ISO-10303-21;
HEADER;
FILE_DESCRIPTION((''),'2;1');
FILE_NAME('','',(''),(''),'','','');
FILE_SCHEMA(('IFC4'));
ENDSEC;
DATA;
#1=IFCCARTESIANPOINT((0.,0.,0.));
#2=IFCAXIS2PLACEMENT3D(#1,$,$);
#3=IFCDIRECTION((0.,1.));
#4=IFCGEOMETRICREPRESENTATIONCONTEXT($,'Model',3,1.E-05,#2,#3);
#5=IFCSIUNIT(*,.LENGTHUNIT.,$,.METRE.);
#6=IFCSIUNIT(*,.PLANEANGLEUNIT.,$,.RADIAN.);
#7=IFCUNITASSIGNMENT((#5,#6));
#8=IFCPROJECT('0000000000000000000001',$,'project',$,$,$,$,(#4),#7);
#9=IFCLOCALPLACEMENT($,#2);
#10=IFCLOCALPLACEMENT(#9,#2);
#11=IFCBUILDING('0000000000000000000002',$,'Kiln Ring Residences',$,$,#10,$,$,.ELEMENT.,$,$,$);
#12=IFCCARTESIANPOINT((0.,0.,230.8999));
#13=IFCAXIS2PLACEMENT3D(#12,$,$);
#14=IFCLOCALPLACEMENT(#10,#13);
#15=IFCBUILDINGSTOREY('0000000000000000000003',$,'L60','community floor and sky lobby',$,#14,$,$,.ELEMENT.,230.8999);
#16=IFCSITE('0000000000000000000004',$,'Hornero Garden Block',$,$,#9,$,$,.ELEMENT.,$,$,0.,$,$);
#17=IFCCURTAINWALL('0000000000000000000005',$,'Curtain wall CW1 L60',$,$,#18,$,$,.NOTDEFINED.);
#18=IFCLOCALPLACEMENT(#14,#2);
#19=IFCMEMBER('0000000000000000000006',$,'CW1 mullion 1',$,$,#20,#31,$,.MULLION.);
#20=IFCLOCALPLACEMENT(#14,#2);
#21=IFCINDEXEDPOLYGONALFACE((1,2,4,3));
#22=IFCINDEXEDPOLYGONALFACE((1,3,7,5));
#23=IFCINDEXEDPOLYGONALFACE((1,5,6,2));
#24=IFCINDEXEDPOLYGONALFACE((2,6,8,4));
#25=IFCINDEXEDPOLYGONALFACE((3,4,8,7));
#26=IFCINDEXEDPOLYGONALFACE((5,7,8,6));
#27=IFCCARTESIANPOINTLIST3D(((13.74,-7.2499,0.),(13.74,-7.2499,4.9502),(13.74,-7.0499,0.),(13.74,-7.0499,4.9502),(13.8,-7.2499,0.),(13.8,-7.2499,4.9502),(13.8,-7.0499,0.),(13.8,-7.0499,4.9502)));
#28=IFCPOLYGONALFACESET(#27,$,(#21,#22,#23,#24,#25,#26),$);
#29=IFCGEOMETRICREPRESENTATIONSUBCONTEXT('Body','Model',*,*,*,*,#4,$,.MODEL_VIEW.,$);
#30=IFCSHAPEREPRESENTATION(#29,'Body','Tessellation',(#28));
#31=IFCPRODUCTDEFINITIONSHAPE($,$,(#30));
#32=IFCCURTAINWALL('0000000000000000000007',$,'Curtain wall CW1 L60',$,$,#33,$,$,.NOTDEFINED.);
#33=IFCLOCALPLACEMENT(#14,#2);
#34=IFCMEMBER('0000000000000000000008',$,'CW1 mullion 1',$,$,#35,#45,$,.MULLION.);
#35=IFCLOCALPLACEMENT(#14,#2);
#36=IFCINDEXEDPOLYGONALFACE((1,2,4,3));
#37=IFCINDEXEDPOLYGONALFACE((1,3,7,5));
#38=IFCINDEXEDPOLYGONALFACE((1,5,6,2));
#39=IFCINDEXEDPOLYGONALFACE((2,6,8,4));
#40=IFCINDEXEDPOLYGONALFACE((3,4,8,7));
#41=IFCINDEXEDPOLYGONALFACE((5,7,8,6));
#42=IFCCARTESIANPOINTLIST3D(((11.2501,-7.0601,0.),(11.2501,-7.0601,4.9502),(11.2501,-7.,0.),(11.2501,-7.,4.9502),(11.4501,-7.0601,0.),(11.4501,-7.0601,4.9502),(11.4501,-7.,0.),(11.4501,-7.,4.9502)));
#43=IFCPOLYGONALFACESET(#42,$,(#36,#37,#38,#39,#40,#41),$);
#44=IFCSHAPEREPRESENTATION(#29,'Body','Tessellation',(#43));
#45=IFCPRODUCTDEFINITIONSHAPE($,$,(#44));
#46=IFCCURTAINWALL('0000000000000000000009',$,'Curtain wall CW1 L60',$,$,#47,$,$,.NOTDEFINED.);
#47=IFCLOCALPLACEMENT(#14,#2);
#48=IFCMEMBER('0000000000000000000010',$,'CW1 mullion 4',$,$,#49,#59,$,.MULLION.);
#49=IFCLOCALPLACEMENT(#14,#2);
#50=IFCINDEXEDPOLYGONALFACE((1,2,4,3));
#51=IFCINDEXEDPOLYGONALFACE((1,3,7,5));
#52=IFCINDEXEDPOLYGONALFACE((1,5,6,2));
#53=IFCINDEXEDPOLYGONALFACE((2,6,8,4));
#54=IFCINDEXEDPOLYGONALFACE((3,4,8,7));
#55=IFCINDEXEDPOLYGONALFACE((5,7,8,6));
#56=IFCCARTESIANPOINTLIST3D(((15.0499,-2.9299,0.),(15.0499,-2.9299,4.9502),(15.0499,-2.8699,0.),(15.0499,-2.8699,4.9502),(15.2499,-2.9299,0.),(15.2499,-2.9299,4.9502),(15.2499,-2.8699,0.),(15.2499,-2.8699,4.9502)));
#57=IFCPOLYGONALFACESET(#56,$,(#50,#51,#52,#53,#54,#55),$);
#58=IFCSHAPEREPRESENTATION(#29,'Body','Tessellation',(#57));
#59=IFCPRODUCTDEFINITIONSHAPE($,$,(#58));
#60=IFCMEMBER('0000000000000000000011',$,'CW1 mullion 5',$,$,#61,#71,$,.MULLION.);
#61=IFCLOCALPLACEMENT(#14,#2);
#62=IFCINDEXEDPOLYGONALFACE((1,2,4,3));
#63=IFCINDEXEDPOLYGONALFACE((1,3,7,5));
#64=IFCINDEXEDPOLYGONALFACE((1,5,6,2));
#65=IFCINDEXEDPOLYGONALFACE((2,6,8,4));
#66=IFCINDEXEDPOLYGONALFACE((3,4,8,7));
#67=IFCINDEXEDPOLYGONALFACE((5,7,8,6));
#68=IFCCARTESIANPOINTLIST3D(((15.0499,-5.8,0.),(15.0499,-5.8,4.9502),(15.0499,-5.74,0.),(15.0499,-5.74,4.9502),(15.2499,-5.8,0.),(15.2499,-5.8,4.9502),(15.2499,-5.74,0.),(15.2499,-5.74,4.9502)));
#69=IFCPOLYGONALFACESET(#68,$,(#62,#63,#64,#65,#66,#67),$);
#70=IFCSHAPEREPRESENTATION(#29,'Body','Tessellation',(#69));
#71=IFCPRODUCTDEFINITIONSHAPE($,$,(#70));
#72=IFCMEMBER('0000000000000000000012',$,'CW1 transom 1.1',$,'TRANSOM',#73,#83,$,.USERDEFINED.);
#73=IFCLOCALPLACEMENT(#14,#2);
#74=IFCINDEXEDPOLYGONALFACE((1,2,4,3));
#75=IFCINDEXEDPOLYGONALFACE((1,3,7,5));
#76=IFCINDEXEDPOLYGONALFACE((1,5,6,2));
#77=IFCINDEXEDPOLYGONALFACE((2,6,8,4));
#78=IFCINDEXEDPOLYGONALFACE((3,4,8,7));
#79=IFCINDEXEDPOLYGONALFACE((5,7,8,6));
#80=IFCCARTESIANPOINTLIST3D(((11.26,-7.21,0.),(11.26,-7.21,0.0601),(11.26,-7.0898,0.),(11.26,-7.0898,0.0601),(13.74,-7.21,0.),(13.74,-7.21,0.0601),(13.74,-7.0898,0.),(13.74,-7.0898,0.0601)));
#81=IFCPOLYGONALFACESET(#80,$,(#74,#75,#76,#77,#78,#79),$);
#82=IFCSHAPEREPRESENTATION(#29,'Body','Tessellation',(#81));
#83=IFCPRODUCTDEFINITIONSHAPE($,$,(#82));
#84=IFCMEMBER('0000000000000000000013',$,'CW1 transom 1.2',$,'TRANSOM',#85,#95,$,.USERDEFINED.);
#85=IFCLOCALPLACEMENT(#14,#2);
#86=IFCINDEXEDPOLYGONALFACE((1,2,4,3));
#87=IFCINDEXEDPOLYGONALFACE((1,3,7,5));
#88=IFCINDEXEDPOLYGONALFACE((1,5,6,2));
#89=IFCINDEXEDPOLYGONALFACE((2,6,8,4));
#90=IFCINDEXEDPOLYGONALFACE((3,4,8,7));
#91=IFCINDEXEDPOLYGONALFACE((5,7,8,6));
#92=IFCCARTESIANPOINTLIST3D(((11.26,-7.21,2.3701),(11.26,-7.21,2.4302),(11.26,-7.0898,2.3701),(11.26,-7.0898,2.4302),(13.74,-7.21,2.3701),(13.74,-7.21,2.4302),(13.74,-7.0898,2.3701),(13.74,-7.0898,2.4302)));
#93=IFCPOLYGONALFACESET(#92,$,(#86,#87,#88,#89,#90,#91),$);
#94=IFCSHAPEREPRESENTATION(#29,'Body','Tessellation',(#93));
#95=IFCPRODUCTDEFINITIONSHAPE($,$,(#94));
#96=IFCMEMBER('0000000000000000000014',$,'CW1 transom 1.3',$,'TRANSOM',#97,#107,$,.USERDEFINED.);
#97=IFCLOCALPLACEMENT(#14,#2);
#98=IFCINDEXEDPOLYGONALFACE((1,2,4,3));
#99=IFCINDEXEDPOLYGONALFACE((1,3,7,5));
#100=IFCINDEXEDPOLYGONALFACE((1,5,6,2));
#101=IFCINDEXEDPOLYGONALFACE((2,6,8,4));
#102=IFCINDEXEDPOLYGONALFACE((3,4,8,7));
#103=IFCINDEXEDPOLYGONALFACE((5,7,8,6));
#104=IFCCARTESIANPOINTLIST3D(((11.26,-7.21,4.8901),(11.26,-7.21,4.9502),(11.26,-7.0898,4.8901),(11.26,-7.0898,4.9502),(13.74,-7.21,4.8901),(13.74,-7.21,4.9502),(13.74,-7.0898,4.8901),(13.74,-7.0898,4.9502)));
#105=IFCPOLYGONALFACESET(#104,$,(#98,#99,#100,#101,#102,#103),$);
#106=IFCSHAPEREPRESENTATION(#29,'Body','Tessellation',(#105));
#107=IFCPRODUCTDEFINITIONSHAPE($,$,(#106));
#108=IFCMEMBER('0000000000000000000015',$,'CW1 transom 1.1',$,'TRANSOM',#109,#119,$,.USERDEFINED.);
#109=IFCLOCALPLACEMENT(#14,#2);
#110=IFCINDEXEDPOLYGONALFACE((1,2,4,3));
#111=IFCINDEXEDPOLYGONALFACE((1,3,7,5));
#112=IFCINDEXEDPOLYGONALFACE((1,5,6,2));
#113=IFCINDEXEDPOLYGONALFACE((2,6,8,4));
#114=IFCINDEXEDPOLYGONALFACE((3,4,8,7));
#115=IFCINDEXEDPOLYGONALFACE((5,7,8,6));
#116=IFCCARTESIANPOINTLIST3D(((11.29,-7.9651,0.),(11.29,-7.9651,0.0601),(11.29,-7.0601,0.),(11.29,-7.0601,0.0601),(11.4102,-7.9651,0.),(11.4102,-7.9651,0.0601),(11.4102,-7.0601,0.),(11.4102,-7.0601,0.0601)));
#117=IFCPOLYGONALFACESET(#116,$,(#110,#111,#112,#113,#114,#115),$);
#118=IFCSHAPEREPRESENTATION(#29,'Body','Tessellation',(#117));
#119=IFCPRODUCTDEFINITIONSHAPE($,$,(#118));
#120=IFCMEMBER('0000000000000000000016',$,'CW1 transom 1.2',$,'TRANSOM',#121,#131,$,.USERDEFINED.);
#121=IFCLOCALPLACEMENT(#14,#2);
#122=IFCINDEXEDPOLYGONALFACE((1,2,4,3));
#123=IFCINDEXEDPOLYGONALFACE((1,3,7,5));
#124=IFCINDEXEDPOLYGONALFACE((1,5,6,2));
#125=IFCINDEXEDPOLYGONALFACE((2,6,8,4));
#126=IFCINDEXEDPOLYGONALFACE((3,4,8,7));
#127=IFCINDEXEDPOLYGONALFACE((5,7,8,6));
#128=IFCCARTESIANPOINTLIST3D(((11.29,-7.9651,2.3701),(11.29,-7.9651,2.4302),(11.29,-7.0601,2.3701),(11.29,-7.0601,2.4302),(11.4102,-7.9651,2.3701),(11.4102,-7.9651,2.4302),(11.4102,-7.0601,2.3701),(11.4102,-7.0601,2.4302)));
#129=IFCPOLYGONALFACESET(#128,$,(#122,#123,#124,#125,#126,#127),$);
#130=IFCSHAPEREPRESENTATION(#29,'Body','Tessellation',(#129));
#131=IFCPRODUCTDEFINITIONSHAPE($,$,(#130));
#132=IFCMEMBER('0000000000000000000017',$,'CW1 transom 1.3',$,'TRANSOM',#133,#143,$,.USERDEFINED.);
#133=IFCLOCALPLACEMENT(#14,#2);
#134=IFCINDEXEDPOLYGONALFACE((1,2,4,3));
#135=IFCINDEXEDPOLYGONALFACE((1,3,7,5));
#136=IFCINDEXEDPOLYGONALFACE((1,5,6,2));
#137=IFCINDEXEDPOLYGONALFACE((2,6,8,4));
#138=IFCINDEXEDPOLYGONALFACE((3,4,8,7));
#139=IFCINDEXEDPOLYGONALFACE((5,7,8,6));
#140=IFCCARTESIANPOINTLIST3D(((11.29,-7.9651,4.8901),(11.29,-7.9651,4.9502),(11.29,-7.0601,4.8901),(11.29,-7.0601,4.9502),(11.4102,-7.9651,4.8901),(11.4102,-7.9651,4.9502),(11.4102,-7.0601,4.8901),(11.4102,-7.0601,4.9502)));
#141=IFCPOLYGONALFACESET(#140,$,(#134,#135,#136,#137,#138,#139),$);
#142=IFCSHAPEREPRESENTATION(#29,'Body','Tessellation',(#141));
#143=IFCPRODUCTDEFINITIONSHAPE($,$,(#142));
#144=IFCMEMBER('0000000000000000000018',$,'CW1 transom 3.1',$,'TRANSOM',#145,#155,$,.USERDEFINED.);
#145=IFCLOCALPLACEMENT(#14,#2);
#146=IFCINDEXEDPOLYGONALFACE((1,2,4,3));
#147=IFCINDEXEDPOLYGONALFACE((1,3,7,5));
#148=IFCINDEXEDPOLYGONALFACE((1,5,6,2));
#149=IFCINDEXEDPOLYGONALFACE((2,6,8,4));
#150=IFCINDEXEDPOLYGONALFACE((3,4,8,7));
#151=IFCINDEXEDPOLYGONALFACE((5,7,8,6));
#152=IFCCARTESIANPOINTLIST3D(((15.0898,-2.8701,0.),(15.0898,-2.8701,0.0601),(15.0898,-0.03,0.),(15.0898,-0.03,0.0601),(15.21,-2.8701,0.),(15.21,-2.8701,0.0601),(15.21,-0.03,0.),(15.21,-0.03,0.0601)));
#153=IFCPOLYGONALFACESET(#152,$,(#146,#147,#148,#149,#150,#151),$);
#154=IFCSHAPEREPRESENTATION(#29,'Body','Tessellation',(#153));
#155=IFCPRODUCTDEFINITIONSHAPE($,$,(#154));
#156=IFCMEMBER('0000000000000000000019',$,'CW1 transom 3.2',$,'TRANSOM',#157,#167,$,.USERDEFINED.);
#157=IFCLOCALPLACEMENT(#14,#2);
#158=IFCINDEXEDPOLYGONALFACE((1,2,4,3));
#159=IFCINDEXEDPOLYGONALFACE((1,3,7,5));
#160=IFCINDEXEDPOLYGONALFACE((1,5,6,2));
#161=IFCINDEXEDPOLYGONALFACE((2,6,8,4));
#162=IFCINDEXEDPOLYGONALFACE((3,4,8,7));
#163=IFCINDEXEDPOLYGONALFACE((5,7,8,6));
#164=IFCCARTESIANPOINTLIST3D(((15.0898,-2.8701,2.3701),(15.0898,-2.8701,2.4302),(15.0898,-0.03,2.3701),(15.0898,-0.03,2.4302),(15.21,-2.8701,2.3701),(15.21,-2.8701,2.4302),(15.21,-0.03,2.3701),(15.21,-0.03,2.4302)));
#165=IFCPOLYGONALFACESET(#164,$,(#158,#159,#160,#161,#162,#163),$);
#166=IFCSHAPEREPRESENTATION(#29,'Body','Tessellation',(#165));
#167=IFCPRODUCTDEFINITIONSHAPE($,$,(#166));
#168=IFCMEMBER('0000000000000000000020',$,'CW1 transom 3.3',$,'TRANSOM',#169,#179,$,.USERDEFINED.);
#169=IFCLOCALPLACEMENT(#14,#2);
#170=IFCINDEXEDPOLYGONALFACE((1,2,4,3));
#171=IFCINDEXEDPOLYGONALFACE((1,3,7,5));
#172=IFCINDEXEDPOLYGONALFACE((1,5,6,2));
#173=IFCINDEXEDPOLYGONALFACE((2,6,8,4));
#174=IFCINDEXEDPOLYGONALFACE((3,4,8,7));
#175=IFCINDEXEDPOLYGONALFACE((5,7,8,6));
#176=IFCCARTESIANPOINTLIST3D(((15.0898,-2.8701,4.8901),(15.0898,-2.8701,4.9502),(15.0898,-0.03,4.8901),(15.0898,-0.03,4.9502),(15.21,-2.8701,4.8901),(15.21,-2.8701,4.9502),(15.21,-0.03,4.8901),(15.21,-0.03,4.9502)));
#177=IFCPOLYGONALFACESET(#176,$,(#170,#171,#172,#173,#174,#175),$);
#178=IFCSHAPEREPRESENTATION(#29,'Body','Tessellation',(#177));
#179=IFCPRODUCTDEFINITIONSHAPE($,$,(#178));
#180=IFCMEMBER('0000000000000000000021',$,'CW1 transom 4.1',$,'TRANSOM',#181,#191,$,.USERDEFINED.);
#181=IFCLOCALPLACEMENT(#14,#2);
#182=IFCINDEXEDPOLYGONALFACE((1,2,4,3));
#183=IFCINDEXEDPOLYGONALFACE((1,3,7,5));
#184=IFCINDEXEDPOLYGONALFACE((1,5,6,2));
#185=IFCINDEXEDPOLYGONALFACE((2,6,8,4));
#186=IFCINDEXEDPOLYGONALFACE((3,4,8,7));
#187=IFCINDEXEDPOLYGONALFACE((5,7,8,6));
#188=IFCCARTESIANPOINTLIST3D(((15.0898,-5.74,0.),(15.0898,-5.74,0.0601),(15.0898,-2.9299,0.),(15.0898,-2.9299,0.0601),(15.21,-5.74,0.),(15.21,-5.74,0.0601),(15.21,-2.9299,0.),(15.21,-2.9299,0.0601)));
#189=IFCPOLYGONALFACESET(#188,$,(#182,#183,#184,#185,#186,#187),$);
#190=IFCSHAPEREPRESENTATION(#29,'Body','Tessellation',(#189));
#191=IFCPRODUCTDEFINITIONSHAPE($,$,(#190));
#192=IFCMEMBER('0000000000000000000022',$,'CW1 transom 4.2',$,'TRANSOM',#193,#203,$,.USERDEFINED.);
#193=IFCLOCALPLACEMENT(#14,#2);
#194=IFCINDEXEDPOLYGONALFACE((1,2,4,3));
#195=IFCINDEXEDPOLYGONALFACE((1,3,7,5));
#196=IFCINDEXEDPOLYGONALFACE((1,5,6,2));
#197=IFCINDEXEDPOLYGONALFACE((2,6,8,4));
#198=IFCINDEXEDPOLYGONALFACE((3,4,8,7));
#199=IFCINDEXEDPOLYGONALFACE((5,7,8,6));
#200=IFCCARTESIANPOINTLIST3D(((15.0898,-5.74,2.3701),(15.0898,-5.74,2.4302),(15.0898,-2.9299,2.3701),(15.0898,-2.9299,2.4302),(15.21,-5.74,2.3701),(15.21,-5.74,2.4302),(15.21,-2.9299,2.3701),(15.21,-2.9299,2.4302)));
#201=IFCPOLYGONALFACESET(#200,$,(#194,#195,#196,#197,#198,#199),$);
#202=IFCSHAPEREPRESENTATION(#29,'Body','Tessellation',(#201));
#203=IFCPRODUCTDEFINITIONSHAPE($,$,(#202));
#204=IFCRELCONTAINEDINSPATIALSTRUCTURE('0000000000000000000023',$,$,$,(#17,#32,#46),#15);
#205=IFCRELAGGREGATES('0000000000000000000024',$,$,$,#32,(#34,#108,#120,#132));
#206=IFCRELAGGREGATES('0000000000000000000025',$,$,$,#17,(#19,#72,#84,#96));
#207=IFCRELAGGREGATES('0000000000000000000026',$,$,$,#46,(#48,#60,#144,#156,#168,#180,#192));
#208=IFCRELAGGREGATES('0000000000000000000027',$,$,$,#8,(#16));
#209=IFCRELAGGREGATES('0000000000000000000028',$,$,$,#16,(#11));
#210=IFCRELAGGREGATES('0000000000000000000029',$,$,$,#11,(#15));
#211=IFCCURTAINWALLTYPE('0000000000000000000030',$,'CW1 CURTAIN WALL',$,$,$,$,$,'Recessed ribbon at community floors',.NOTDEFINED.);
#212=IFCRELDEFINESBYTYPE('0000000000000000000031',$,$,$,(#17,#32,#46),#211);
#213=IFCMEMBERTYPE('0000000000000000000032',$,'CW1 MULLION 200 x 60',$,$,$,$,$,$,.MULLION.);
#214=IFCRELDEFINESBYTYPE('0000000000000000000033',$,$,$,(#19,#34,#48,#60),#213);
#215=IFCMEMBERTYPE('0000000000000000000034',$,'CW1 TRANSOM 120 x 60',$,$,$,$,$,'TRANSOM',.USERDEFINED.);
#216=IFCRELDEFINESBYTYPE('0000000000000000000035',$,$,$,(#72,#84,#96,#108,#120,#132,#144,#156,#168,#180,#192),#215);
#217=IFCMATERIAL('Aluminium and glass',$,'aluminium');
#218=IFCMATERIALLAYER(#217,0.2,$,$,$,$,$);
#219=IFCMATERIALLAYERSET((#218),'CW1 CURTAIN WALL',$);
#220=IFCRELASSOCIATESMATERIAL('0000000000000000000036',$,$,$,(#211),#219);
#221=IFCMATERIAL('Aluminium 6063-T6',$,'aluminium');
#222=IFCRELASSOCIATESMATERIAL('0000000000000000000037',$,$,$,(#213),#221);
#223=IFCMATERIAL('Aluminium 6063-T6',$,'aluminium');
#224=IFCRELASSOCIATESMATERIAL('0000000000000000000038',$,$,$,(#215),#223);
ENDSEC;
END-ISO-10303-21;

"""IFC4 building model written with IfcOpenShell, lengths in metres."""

from ifc_helpers import new_model, si_unit, direction, frame, origin, origin_2d, place, context, subcontext, project, spatial, rectangle, extrude, material, layer, layer_set, material_profile, profile_set, type_object, element, aggregate, save


model = new_model("IFC4")

# Units and contexts
model_context = context("Model", 3, precision=1e-05, world=origin(), true_north=direction((0.0, 1.0)))
body_context = subcontext(model_context, "Body", "Model", "MODEL_VIEW")
ifc_project = project(units=[si_unit("LENGTHUNIT", "METRE"), si_unit("PLANEANGLEUNIT", "RADIAN")], contexts=[model_context])

# Site, building, storey
site_placement = place(None, origin())
site = spatial("IfcSite", under=ifc_project, at=site_placement, Name="Hornero Garden Block", CompositionType="ELEMENT", RefElevation=0.0)
building_placement = place(site_placement, origin())
building = spatial("IfcBuilding", under=site, at=building_placement, Name="Kiln Ring Residences", CompositionType="ELEMENT")
storey_placement = place(building_placement, frame((0.0, 0.0, 230.8999)))
storey = spatial("IfcBuildingStorey", under=building, at=storey_placement, Name="L60", Description="community floor and sky lobby", CompositionType="ELEMENT", Elevation=230.8999)

# Curtain walls, members
ifc_material_1 = material(Name="Aluminium and glass", Category="aluminium")
ifc_layer_1 = layer(ifc_material_1, 0.2)
ifc_layer_set_1 = layer_set([ifc_layer_1], Name="CW1 CURTAIN WALL")
curtain_wall_type = type_object("IfcCurtainWallType", Name="CW1 CURTAIN WALL", ElementType="Recessed ribbon at community floors", PredefinedType="NOTDEFINED", material=ifc_layer_set_1)
placement = place(storey_placement, origin())
curtain_wall_1 = element("IfcCurtainWall", 1, at=placement, inside=storey, type_object=curtain_wall_type, Name="Curtain wall CW1 L60", PredefinedType="NOTDEFINED")
ifc_material_2 = material(Name="Aluminium 6063-T6", Category="aluminium")
ifc_material_profile_1 = material_profile(ifc_material_2, rectangle(XDim=0.2, YDim=0.0601, at=origin_2d()), Name="AL 200x60")
ifc_profile_set_1 = profile_set([ifc_material_profile_1], Name="Aluminium 6063-T6")
member_type_1 = type_object("IfcMemberType", Name="CW1 MULLION 200 x 60", PredefinedType="MULLION", material=ifc_profile_set_1)
member_1_placement = place(storey_placement, frame((13.77, -7.1499, 0.0), z_axis=(0.0, 0.0, 1.0), x_axis=(0.0, -1.0, 0.0)))
member_1 = element("IfcMember", 2, at=member_1_placement, type_object=member_type_1, Name="CW1 mullion 1", PredefinedType="MULLION", context=body_context, shape_type="SweptSolid", body=[
    extrude(rectangle(XDim=0.2, YDim=0.0601, at=origin_2d()), origin(), (0.0, 0.0, 1.0), 4.9502),
])
curtain_wall_2 = element("IfcCurtainWall", 3, at=placement, inside=storey, type_object=curtain_wall_type, Name="Curtain wall CW1 L60", PredefinedType="NOTDEFINED")
member_2_placement = place(storey_placement, frame((11.3501, -7.03, 0.0), z_axis=(0.0, 0.0, 1.0), x_axis=(1.0, 0.0, 0.0)))
member_2 = element("IfcMember", 4, at=member_2_placement, type_object=member_type_1, Name="CW1 mullion 1", PredefinedType="MULLION", context=body_context, shape_type="SweptSolid", body=[
    extrude(rectangle(XDim=0.2, YDim=0.0601, at=origin_2d()), origin(), (0.0, 0.0, 1.0), 4.9502),
])

# Curtain wall, members
curtain_wall_3 = element("IfcCurtainWall", 5, at=placement, inside=storey, type_object=curtain_wall_type, Name="Curtain wall CW1 L60", PredefinedType="NOTDEFINED")
member_3_placement = place(storey_placement, frame((15.1499, -2.8999, 0.0), z_axis=(0.0, 0.0, 1.0), x_axis=(1.0, 0.0, 0.0)))
member_3 = element("IfcMember", 6, at=member_3_placement, type_object=member_type_1, Name="CW1 mullion 4", PredefinedType="MULLION", context=body_context, shape_type="SweptSolid", body=[
    extrude(rectangle(XDim=0.2, YDim=0.0601, at=origin_2d()), origin(), (0.0, 0.0, 1.0), 4.9502),
])
member_4_placement = place(storey_placement, frame((15.1499, -5.77, 0.0), z_axis=(0.0, 0.0, 1.0), x_axis=(1.0, 0.0, 0.0)))
member_4 = element("IfcMember", 7, at=member_4_placement, type_object=member_type_1, Name="CW1 mullion 5", PredefinedType="MULLION", context=body_context, shape_type="SweptSolid", body=[
    extrude(rectangle(XDim=0.2, YDim=0.0601, at=origin_2d()), origin(), (0.0, 0.0, 1.0), 4.9502),
])

# Members
ifc_material_3 = material(Name="Aluminium 6063-T6", Category="aluminium")
ifc_material_profile_2 = material_profile(ifc_material_3, rectangle(XDim=0.1201, YDim=0.0601, at=origin_2d()), Name="AL 120x60")
ifc_profile_set_2 = profile_set([ifc_material_profile_2], Name="Aluminium 6063-T6")
member_type_2 = type_object("IfcMemberType", Name="CW1 TRANSOM 120 x 60", ElementType="TRANSOM", PredefinedType="USERDEFINED", material=ifc_profile_set_2)
member_5_placement = place(storey_placement, frame((13.74, -7.1499, 0.03), z_axis=(-1.0, 0.0, 0.0), x_axis=(0.0, -1.0, 0.0)))
member_5 = element("IfcMember", 8, at=member_5_placement, type_object=member_type_2, Name="CW1 transom 1.1", ObjectType="TRANSOM", PredefinedType="USERDEFINED", context=body_context, shape_type="SweptSolid", body=[
    extrude(rectangle(XDim=0.1201, YDim=0.0601, at=origin_2d()), origin(), (0.0, 0.0, 1.0), 2.48),
])
member_6_placement = place(storey_placement, frame((13.74, -7.1499, 2.4001), z_axis=(-1.0, 0.0, 0.0), x_axis=(0.0, -1.0, 0.0)))
member_6 = element("IfcMember", 9, at=member_6_placement, type_object=member_type_2, Name="CW1 transom 1.2", ObjectType="TRANSOM", PredefinedType="USERDEFINED", context=body_context, shape_type="SweptSolid", body=[
    extrude(rectangle(XDim=0.1201, YDim=0.0601, at=origin_2d()), origin(), (0.0, 0.0, 1.0), 2.48),
])
member_7_placement = place(storey_placement, frame((13.74, -7.1499, 4.9202), z_axis=(-1.0, 0.0, 0.0), x_axis=(0.0, -1.0, 0.0)))
member_7 = element("IfcMember", 10, at=member_7_placement, type_object=member_type_2, Name="CW1 transom 1.3", ObjectType="TRANSOM", PredefinedType="USERDEFINED", context=body_context, shape_type="SweptSolid", body=[
    extrude(rectangle(XDim=0.1201, YDim=0.0601, at=origin_2d()), origin(), (0.0, 0.0, 1.0), 2.48),
])
member_8_placement = place(storey_placement, frame((11.3501, -7.0601, 0.03), z_axis=(0.0, -1.0, 0.0), x_axis=(1.0, 0.0, 0.0)))
member_8 = element("IfcMember", 11, at=member_8_placement, type_object=member_type_2, Name="CW1 transom 1.1", ObjectType="TRANSOM", PredefinedType="USERDEFINED", context=body_context, shape_type="SweptSolid", body=[
    extrude(rectangle(XDim=0.1201, YDim=0.0601, at=origin_2d()), origin(), (0.0, 0.0, 1.0), 0.905),
])
member_9_placement = place(storey_placement, frame((11.3501, -7.0601, 2.4001), z_axis=(0.0, -1.0, 0.0), x_axis=(1.0, 0.0, 0.0)))
member_9 = element("IfcMember", 12, at=member_9_placement, type_object=member_type_2, Name="CW1 transom 1.2", ObjectType="TRANSOM", PredefinedType="USERDEFINED", context=body_context, shape_type="SweptSolid", body=[
    extrude(rectangle(XDim=0.1201, YDim=0.0601, at=origin_2d()), origin(), (0.0, 0.0, 1.0), 0.905),
])
member_10_placement = place(storey_placement, frame((11.3501, -7.0601, 4.9202), z_axis=(0.0, -1.0, 0.0), x_axis=(1.0, 0.0, 0.0)))
member_10 = element("IfcMember", 13, at=member_10_placement, type_object=member_type_2, Name="CW1 transom 1.3", ObjectType="TRANSOM", PredefinedType="USERDEFINED", context=body_context, shape_type="SweptSolid", body=[
    extrude(rectangle(XDim=0.1201, YDim=0.0601, at=origin_2d()), origin(), (0.0, 0.0, 1.0), 0.905),
])
aggregate(curtain_wall_2, [member_2, member_8, member_9, member_10])
member_11_placement = place(storey_placement, frame((15.1499, -0.03, 0.03), z_axis=(0.0, -1.0, 0.0), x_axis=(1.0, 0.0, 0.0)))
member_11 = element("IfcMember", 14, at=member_11_placement, type_object=member_type_2, Name="CW1 transom 3.1", ObjectType="TRANSOM", PredefinedType="USERDEFINED", context=body_context, shape_type="SweptSolid", body=[
    extrude(rectangle(XDim=0.1201, YDim=0.0601, at=origin_2d()), origin(), (0.0, 0.0, 1.0), 2.8401),
])
member_12_placement = place(storey_placement, frame((15.1499, -0.03, 2.4001), z_axis=(0.0, -1.0, 0.0), x_axis=(1.0, 0.0, 0.0)))
member_12 = element("IfcMember", 15, at=member_12_placement, type_object=member_type_2, Name="CW1 transom 3.2", ObjectType="TRANSOM", PredefinedType="USERDEFINED", context=body_context, shape_type="SweptSolid", body=[
    extrude(rectangle(XDim=0.1201, YDim=0.0601, at=origin_2d()), origin(), (0.0, 0.0, 1.0), 2.8401),
])
member_13_placement = place(storey_placement, frame((15.1499, -0.03, 4.9202), z_axis=(0.0, -1.0, 0.0), x_axis=(1.0, 0.0, 0.0)))
member_13 = element("IfcMember", 16, at=member_13_placement, type_object=member_type_2, Name="CW1 transom 3.3", ObjectType="TRANSOM", PredefinedType="USERDEFINED", context=body_context, shape_type="SweptSolid", body=[
    extrude(rectangle(XDim=0.1201, YDim=0.0601, at=origin_2d()), origin(), (0.0, 0.0, 1.0), 2.8401),
])
member_14_placement = place(storey_placement, frame((15.1499, -2.9299, 0.03), z_axis=(0.0, -1.0, 0.0), x_axis=(1.0, 0.0, 0.0)))
member_14 = element("IfcMember", 17, at=member_14_placement, type_object=member_type_2, Name="CW1 transom 4.1", ObjectType="TRANSOM", PredefinedType="USERDEFINED", context=body_context, shape_type="SweptSolid", body=[
    extrude(rectangle(XDim=0.1201, YDim=0.0601, at=origin_2d()), origin(), (0.0, 0.0, 1.0), 2.8101),
])
member_15_placement = place(storey_placement, frame((15.1499, -2.9299, 2.4001), z_axis=(0.0, -1.0, 0.0), x_axis=(1.0, 0.0, 0.0)))
member_15 = element("IfcMember", 18, at=member_15_placement, type_object=member_type_2, Name="CW1 transom 4.2", ObjectType="TRANSOM", PredefinedType="USERDEFINED", context=body_context, shape_type="SweptSolid", body=[
    extrude(rectangle(XDim=0.1201, YDim=0.0601, at=origin_2d()), origin(), (0.0, 0.0, 1.0), 2.8101),
])

aggregate(curtain_wall_1, [member_1, member_5, member_6, member_7])
aggregate(curtain_wall_3, [member_3, member_4, member_11, member_12, member_13, member_14, member_15])

save(model, "model.ifc")
